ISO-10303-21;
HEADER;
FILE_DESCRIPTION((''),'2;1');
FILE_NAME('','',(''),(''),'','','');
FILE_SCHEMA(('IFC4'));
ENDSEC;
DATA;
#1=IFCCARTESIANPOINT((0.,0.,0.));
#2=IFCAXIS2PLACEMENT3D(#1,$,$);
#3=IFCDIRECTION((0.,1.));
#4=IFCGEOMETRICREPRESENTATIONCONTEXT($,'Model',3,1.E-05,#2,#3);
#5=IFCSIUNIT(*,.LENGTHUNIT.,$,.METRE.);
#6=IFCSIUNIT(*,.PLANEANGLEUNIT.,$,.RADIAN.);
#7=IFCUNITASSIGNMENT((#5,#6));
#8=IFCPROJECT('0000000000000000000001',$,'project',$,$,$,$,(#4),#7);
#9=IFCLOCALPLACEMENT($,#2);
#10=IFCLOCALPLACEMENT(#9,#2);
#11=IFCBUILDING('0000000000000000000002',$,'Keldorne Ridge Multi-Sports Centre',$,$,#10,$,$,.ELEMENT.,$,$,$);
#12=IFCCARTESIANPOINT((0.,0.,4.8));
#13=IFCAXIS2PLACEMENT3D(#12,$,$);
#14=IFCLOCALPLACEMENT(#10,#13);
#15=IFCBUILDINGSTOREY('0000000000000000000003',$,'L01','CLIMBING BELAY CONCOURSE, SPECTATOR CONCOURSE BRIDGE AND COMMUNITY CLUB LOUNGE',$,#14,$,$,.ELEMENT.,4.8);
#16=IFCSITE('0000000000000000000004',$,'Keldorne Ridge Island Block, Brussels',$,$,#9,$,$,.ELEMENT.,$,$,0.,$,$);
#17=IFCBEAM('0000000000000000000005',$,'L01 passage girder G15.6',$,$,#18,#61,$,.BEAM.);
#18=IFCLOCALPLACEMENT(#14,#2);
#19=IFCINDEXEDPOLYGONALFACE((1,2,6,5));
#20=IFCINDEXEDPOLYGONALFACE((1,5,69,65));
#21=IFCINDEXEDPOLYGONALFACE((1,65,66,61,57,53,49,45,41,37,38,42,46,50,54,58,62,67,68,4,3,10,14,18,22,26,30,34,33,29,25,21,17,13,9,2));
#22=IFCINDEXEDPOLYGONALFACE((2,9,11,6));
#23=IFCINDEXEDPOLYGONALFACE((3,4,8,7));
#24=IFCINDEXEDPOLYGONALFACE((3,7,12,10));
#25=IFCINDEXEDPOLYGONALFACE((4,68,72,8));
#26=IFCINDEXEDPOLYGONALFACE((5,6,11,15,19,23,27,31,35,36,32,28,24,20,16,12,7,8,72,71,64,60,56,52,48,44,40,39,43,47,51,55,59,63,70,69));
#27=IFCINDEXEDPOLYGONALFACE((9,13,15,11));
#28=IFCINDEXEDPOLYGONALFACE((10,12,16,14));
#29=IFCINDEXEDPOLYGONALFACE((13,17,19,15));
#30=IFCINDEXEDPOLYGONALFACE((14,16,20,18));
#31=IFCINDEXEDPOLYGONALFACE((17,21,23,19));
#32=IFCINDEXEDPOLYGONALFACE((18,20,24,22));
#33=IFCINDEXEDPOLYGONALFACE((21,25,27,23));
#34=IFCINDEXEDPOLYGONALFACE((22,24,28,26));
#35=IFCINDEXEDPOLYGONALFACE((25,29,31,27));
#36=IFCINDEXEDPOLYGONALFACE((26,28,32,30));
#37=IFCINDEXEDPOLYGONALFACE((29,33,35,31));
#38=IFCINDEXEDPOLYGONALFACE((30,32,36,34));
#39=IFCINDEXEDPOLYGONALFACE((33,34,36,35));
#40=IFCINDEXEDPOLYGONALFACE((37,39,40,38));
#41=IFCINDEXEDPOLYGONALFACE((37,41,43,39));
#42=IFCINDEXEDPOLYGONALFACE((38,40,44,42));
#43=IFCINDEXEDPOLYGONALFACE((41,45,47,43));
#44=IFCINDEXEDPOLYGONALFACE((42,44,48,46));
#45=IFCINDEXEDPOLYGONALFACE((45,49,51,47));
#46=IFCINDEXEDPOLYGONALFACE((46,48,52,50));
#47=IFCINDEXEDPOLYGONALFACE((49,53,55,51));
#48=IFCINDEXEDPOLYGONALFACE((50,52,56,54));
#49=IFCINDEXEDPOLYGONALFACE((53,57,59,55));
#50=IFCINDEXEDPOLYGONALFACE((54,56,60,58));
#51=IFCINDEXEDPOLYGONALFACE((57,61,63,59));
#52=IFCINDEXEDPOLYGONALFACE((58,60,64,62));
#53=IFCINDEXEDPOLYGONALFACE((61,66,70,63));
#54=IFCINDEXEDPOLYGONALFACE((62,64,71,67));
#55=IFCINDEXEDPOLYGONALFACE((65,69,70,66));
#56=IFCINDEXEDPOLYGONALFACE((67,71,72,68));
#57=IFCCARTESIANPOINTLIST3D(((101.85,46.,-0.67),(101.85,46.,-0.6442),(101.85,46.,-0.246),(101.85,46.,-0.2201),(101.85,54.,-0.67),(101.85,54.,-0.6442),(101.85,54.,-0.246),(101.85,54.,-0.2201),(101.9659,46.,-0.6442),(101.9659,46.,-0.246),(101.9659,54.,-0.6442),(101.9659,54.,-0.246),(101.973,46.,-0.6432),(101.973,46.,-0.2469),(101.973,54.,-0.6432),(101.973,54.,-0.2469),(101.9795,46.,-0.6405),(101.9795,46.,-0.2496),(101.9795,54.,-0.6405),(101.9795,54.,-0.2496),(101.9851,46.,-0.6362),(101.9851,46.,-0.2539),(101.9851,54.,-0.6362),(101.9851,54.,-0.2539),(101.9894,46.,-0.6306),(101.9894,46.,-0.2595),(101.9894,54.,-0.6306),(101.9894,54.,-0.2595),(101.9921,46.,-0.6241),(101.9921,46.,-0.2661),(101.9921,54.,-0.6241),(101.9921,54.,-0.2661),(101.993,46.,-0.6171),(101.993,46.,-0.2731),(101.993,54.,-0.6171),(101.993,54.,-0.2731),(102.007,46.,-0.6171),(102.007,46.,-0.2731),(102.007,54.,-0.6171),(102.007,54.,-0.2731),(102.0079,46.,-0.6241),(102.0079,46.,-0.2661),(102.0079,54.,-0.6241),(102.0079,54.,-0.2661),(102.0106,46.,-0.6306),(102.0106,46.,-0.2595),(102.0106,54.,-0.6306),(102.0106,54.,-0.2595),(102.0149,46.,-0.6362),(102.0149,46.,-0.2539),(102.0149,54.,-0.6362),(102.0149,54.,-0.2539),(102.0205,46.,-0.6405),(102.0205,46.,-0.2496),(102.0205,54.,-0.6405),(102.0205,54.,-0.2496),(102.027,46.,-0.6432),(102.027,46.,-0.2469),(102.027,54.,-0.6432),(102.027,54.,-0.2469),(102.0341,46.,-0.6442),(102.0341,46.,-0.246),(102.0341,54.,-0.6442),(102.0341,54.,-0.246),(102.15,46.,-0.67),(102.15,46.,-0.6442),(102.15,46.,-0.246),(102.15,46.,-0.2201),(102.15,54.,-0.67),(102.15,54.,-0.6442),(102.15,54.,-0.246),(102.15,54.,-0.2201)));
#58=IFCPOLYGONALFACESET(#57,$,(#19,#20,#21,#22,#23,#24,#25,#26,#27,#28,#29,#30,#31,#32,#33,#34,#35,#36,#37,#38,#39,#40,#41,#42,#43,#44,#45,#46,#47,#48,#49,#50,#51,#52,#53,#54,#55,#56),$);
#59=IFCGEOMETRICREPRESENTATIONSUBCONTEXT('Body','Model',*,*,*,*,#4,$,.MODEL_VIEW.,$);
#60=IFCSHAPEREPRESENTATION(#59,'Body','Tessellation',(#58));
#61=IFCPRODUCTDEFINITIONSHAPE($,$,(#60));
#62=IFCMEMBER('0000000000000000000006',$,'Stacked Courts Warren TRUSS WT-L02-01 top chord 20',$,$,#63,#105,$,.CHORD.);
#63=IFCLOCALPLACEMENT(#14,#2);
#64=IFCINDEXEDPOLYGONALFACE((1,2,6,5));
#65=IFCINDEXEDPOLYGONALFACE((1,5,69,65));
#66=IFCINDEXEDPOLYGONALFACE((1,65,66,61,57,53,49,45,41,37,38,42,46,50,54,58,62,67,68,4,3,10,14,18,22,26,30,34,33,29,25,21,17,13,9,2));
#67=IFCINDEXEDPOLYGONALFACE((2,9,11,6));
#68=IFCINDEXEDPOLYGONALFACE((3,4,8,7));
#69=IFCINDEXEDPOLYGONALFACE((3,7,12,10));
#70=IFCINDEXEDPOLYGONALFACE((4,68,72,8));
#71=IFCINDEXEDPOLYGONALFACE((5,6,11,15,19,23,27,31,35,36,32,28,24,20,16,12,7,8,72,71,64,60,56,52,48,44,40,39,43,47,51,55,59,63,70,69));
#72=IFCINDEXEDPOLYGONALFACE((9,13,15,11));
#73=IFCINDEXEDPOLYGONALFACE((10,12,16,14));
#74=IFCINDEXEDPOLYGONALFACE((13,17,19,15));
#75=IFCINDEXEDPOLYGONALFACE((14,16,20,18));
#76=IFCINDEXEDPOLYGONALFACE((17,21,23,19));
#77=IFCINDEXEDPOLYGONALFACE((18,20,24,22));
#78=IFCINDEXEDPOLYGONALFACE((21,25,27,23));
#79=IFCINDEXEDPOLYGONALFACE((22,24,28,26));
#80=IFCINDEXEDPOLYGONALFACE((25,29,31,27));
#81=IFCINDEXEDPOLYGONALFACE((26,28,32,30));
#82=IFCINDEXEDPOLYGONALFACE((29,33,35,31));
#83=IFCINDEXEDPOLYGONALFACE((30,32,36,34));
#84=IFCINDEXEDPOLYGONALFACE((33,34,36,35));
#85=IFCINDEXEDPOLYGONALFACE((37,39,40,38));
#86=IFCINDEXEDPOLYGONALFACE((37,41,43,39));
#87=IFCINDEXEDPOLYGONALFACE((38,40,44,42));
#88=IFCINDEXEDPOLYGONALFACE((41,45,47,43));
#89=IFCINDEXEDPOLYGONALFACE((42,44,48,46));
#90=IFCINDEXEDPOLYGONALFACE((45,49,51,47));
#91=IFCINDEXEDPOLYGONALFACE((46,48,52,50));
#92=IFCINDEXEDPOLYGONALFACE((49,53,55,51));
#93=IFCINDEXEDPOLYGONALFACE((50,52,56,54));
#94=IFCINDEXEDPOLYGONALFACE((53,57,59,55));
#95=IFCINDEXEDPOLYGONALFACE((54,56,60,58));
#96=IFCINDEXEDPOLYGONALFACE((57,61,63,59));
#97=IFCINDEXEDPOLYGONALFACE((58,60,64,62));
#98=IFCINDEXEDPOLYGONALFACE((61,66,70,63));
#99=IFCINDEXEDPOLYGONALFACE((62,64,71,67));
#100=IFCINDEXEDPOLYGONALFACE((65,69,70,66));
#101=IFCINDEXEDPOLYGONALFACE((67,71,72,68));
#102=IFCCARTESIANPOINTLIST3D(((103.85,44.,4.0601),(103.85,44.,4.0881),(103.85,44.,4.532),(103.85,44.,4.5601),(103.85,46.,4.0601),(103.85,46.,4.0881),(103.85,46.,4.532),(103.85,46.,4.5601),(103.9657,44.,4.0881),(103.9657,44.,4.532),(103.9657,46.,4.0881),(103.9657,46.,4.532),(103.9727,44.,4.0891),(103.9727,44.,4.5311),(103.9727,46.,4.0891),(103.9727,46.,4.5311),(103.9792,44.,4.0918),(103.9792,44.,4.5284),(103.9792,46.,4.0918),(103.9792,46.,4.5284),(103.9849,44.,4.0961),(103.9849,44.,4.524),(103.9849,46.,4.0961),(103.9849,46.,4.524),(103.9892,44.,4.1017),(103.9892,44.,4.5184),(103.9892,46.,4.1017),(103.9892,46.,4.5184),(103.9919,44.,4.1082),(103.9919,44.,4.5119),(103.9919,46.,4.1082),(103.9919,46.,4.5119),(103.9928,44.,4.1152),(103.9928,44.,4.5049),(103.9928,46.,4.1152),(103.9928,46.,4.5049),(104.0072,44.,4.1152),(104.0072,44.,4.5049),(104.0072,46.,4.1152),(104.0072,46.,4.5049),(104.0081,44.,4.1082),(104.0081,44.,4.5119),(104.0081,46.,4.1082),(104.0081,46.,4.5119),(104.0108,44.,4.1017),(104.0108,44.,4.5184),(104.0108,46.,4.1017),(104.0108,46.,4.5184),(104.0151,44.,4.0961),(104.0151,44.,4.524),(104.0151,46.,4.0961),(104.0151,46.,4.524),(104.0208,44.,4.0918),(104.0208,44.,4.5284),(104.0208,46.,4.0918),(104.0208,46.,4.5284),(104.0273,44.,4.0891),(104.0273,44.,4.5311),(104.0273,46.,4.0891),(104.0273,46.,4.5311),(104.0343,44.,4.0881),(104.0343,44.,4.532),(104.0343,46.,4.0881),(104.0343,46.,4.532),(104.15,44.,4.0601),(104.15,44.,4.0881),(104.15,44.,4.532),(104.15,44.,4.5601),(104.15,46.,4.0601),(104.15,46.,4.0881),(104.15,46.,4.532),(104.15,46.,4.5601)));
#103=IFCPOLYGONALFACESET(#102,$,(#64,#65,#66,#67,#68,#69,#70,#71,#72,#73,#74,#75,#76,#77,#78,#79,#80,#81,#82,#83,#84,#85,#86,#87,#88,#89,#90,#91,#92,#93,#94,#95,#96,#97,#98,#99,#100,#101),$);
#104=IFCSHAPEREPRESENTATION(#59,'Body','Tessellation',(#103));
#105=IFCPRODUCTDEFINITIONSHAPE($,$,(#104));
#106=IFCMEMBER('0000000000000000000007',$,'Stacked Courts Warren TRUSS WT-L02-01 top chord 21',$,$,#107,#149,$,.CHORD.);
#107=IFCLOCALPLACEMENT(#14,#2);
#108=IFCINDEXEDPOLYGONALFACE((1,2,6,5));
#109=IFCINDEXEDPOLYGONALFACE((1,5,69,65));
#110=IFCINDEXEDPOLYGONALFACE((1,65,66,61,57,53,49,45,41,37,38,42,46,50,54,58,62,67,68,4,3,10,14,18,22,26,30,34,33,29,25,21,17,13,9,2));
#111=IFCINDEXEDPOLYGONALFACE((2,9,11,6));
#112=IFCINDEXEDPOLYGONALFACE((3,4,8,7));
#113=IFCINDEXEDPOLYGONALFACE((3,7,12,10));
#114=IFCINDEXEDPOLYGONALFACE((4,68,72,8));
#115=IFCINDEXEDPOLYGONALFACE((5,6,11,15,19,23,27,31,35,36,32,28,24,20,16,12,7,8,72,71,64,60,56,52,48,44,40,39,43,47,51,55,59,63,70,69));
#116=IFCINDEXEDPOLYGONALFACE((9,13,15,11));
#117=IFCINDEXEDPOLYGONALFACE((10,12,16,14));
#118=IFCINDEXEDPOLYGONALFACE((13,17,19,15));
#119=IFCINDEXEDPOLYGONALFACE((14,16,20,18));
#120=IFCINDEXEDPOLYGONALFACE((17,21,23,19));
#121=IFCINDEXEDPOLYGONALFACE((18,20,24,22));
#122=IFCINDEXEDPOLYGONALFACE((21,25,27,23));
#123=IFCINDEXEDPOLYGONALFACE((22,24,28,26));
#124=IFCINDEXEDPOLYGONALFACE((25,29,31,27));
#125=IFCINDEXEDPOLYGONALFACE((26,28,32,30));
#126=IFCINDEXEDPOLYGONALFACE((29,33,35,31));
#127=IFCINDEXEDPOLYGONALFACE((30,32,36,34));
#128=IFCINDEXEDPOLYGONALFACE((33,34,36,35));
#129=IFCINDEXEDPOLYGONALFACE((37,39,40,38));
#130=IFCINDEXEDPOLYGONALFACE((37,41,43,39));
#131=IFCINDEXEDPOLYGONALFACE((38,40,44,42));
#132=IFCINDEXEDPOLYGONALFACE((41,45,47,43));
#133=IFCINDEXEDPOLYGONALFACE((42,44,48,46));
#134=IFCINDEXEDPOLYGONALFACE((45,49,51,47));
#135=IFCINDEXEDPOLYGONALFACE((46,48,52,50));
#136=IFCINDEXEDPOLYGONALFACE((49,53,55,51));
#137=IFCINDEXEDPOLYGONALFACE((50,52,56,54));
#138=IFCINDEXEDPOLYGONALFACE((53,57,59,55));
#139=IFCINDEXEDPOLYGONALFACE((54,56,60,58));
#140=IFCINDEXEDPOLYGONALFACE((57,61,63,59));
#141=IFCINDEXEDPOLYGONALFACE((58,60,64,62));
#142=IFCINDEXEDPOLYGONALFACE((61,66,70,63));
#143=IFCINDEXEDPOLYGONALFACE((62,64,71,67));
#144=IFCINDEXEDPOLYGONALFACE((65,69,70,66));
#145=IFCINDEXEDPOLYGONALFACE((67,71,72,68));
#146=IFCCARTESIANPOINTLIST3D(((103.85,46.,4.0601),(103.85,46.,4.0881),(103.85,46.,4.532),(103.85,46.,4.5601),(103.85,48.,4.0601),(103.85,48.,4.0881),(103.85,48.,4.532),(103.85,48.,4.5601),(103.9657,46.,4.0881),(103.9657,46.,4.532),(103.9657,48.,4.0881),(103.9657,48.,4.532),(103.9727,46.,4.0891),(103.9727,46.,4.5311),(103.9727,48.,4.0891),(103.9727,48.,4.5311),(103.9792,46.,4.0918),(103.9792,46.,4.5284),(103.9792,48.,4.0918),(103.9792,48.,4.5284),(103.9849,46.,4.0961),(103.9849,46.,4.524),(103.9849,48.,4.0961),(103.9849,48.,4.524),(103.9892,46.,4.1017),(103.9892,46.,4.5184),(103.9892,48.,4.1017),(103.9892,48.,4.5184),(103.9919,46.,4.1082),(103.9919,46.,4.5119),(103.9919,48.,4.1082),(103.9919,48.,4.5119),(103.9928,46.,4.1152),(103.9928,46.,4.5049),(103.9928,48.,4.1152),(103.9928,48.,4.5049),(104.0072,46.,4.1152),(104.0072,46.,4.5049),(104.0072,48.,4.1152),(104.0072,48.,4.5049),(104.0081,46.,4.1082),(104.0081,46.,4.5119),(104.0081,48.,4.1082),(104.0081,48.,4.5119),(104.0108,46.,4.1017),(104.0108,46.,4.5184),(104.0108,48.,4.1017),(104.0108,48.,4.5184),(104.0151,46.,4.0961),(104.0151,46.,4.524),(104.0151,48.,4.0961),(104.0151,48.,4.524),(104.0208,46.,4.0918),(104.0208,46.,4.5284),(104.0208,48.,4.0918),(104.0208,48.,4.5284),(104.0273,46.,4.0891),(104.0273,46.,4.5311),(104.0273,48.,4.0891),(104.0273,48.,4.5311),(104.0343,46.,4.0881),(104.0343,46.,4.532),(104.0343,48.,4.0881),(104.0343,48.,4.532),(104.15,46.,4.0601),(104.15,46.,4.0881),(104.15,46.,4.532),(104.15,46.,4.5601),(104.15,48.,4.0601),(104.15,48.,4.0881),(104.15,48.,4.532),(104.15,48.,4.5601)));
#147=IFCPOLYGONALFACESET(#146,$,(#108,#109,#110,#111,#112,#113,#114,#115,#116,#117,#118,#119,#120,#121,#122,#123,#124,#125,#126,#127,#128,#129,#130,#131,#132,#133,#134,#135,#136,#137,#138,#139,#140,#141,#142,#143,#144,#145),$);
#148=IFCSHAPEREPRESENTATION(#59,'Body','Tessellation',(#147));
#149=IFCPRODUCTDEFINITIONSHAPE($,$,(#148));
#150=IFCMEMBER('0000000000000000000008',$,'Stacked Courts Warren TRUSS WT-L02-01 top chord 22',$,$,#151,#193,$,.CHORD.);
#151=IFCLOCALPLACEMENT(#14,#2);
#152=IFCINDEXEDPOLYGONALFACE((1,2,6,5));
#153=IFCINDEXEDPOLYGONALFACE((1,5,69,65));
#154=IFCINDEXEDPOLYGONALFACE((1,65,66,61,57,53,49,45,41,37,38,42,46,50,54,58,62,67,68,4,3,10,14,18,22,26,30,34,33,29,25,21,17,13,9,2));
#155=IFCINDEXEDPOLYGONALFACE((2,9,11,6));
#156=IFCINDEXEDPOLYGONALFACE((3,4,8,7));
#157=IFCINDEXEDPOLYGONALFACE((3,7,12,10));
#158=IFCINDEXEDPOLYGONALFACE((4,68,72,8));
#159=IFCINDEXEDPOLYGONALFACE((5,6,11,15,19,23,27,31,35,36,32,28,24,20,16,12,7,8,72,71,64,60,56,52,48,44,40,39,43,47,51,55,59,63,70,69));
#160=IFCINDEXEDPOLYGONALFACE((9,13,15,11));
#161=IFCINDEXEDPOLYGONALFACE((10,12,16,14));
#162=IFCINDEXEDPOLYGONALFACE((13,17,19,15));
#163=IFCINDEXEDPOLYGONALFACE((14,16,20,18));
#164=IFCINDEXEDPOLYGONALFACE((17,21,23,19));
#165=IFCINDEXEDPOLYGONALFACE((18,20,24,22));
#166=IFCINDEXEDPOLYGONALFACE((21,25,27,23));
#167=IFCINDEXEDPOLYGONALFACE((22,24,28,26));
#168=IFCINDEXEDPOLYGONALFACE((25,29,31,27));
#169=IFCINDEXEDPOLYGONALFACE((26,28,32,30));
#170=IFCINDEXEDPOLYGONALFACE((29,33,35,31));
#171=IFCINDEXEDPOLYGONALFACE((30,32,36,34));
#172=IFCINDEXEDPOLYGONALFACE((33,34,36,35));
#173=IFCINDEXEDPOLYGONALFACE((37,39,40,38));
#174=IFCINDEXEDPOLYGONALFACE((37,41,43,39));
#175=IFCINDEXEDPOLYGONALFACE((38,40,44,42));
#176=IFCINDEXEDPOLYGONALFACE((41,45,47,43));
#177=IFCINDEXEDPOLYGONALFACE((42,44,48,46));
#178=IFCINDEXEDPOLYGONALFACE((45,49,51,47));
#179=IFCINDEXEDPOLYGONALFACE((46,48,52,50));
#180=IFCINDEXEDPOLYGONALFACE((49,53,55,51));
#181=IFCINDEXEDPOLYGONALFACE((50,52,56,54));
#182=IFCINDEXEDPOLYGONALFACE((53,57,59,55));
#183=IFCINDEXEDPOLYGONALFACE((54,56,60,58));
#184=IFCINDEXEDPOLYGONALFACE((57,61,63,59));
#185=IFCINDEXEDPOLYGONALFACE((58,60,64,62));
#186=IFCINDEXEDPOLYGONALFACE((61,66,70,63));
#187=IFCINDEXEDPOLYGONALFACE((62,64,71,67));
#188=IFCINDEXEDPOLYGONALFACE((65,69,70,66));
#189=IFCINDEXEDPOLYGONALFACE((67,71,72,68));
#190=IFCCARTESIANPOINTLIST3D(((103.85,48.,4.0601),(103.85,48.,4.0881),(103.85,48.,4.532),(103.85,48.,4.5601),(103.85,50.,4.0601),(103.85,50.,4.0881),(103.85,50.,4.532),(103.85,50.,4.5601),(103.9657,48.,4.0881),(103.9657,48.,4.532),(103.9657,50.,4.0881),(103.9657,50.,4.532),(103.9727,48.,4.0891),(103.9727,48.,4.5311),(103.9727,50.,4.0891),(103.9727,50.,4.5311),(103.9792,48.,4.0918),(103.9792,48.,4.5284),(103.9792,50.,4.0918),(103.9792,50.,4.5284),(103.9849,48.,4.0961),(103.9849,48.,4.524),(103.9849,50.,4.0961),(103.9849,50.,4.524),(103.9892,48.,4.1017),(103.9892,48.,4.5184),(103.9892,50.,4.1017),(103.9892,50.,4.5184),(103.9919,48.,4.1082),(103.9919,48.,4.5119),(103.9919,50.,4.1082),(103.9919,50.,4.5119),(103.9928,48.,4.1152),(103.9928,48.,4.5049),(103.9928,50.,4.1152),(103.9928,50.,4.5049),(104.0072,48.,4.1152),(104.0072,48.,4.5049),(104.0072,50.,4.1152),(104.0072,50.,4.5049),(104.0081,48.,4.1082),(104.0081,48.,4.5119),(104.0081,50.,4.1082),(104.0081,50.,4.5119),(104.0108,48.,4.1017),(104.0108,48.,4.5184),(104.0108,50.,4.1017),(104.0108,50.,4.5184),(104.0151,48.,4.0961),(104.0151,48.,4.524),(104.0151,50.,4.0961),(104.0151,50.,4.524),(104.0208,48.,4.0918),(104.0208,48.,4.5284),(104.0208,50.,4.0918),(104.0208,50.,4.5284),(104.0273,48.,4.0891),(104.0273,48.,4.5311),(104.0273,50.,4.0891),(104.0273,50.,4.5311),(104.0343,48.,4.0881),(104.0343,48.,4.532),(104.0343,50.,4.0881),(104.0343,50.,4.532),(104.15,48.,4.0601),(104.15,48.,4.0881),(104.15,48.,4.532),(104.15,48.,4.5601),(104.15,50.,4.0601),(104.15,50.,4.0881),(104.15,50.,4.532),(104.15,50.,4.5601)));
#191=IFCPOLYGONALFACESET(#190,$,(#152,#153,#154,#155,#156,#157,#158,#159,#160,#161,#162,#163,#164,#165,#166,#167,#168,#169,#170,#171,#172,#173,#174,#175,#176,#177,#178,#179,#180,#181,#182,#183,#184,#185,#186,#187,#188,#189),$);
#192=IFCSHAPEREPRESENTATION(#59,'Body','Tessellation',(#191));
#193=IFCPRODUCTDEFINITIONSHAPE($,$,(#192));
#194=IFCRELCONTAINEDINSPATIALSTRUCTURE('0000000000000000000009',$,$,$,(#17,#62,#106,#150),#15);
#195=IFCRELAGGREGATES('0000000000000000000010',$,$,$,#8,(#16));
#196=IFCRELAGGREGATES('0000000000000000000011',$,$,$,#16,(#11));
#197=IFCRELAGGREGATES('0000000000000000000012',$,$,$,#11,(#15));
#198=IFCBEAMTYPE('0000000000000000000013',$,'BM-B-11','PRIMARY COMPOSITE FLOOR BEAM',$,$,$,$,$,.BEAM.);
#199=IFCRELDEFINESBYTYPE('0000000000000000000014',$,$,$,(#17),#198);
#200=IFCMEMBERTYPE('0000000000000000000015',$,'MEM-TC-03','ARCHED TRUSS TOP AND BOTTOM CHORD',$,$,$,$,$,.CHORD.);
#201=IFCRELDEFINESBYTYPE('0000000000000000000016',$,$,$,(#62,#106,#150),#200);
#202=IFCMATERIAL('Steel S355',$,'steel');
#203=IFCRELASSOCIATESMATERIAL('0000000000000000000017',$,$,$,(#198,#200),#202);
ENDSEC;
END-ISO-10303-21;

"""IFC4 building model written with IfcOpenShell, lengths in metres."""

from ifc_helpers import new_model, si_unit, direction, frame, origin, origin_2d, place, context, subcontext, project, spatial, i_section, extrude, material, material_profile, profile_set, type_object, element, save


model = new_model("IFC4")

# Units and contexts
model_context = context("Model", 3, precision=1e-05, world=origin(), true_north=direction((0.0, 1.0)))
body_context = subcontext(model_context, "Body", "Model", "MODEL_VIEW")
ifc_project = project(units=[si_unit("LENGTHUNIT", "METRE"), si_unit("PLANEANGLEUNIT", "RADIAN")], contexts=[model_context])

# Site, building, storey
site_placement = place(None, origin())
site = spatial("IfcSite", under=ifc_project, at=site_placement, Name="Keldorne Ridge Island Block, Brussels", CompositionType="ELEMENT", RefElevation=0.0)
building_placement = place(site_placement, origin())
building = spatial("IfcBuilding", under=site, at=building_placement, Name="Keldorne Ridge Multi-Sports Centre", CompositionType="ELEMENT")
storey_placement = place(building_placement, frame((0.0, 0.0, 4.8)))
storey = spatial("IfcBuildingStorey", under=building, at=storey_placement, Name="L01", Description="CLIMBING BELAY CONCOURSE, SPECTATOR CONCOURSE BRIDGE AND COMMUNITY CLUB LOUNGE", CompositionType="ELEMENT", Elevation=4.8)

# Shared definitions
ifc_material_1 = material(Name="Steel S355", Category="steel")

# Beam
ifc_material_profile_1 = material_profile(ifc_material_1, i_section(OverallWidth=0.3, OverallDepth=0.45, WebThickness=0.0139, FlangeThickness=0.0259, FilletRadius=0.0271, at=origin_2d()), Name="HEB 450")
ifc_profile_set_1 = profile_set([ifc_material_profile_1], Name="Steel S355")
beam_type_1 = type_object("IfcBeamType", Name="BM-B-11", Description="PRIMARY COMPOSITE FLOOR BEAM", PredefinedType="BEAM", material=ifc_profile_set_1)
for number, where, z_axis, x_axis, name in (
    (1, (102.0, 46.0, -0.4451), (0.0, 1.0, 0.0), (-1.0, 0.0, 0.0), "L01 passage girder G15.6"),
):
    element("IfcBeam", number, at=place(storey_placement, frame(where, z_axis=z_axis, x_axis=x_axis)), inside=storey, type_object=beam_type_1, Name=name, PredefinedType="BEAM", context=body_context, shape_type="SweptSolid", body=[
        extrude(i_section(OverallWidth=0.3, OverallDepth=0.45, WebThickness=0.0139, FlangeThickness=0.0259, FilletRadius=0.0271, at=origin_2d()), origin(), (0.0, 0.0, 1.0), 8.0),
    ])

# Members
ifc_material_profile_2 = material_profile(ifc_material_1, i_section(OverallWidth=0.3, OverallDepth=0.5, WebThickness=0.0144, FlangeThickness=0.0281, FilletRadius=0.0271, at=origin_2d()), Name="HEB 500")
ifc_profile_set_2 = profile_set([ifc_material_profile_2], Name="Steel S355")
member_type_1 = type_object("IfcMemberType", Name="MEM-TC-03", Description="ARCHED TRUSS TOP AND BOTTOM CHORD", PredefinedType="CHORD", material=ifc_profile_set_2)
for number, where, z_axis, x_axis, name in (
    (2, (104.0, 44.0, 4.3101), (0.0, 1.0, 0.0), (-1.0, 0.0, 0.0), "Stacked Courts Warren TRUSS WT-L02-01 top chord 20"),
    (3, (104.0, 46.0, 4.3101), (0.0, 1.0, 0.0), (-1.0, 0.0, 0.0), "Stacked Courts Warren TRUSS WT-L02-01 top chord 21"),
    (4, (104.0, 48.0, 4.3101), (0.0, 1.0, 0.0), (-1.0, 0.0, 0.0), "Stacked Courts Warren TRUSS WT-L02-01 top chord 22"),
):
    element("IfcMember", number, at=place(storey_placement, frame(where, z_axis=z_axis, x_axis=x_axis)), inside=storey, type_object=member_type_1, Name=name, PredefinedType="CHORD", context=body_context, shape_type="SweptSolid", body=[
        extrude(i_section(OverallWidth=0.3, OverallDepth=0.5, WebThickness=0.0144, FlangeThickness=0.0281, FilletRadius=0.0271, at=origin_2d()), origin(), (0.0, 0.0, 1.0), 2.0),
    ])

save(model, "model.ifc")
